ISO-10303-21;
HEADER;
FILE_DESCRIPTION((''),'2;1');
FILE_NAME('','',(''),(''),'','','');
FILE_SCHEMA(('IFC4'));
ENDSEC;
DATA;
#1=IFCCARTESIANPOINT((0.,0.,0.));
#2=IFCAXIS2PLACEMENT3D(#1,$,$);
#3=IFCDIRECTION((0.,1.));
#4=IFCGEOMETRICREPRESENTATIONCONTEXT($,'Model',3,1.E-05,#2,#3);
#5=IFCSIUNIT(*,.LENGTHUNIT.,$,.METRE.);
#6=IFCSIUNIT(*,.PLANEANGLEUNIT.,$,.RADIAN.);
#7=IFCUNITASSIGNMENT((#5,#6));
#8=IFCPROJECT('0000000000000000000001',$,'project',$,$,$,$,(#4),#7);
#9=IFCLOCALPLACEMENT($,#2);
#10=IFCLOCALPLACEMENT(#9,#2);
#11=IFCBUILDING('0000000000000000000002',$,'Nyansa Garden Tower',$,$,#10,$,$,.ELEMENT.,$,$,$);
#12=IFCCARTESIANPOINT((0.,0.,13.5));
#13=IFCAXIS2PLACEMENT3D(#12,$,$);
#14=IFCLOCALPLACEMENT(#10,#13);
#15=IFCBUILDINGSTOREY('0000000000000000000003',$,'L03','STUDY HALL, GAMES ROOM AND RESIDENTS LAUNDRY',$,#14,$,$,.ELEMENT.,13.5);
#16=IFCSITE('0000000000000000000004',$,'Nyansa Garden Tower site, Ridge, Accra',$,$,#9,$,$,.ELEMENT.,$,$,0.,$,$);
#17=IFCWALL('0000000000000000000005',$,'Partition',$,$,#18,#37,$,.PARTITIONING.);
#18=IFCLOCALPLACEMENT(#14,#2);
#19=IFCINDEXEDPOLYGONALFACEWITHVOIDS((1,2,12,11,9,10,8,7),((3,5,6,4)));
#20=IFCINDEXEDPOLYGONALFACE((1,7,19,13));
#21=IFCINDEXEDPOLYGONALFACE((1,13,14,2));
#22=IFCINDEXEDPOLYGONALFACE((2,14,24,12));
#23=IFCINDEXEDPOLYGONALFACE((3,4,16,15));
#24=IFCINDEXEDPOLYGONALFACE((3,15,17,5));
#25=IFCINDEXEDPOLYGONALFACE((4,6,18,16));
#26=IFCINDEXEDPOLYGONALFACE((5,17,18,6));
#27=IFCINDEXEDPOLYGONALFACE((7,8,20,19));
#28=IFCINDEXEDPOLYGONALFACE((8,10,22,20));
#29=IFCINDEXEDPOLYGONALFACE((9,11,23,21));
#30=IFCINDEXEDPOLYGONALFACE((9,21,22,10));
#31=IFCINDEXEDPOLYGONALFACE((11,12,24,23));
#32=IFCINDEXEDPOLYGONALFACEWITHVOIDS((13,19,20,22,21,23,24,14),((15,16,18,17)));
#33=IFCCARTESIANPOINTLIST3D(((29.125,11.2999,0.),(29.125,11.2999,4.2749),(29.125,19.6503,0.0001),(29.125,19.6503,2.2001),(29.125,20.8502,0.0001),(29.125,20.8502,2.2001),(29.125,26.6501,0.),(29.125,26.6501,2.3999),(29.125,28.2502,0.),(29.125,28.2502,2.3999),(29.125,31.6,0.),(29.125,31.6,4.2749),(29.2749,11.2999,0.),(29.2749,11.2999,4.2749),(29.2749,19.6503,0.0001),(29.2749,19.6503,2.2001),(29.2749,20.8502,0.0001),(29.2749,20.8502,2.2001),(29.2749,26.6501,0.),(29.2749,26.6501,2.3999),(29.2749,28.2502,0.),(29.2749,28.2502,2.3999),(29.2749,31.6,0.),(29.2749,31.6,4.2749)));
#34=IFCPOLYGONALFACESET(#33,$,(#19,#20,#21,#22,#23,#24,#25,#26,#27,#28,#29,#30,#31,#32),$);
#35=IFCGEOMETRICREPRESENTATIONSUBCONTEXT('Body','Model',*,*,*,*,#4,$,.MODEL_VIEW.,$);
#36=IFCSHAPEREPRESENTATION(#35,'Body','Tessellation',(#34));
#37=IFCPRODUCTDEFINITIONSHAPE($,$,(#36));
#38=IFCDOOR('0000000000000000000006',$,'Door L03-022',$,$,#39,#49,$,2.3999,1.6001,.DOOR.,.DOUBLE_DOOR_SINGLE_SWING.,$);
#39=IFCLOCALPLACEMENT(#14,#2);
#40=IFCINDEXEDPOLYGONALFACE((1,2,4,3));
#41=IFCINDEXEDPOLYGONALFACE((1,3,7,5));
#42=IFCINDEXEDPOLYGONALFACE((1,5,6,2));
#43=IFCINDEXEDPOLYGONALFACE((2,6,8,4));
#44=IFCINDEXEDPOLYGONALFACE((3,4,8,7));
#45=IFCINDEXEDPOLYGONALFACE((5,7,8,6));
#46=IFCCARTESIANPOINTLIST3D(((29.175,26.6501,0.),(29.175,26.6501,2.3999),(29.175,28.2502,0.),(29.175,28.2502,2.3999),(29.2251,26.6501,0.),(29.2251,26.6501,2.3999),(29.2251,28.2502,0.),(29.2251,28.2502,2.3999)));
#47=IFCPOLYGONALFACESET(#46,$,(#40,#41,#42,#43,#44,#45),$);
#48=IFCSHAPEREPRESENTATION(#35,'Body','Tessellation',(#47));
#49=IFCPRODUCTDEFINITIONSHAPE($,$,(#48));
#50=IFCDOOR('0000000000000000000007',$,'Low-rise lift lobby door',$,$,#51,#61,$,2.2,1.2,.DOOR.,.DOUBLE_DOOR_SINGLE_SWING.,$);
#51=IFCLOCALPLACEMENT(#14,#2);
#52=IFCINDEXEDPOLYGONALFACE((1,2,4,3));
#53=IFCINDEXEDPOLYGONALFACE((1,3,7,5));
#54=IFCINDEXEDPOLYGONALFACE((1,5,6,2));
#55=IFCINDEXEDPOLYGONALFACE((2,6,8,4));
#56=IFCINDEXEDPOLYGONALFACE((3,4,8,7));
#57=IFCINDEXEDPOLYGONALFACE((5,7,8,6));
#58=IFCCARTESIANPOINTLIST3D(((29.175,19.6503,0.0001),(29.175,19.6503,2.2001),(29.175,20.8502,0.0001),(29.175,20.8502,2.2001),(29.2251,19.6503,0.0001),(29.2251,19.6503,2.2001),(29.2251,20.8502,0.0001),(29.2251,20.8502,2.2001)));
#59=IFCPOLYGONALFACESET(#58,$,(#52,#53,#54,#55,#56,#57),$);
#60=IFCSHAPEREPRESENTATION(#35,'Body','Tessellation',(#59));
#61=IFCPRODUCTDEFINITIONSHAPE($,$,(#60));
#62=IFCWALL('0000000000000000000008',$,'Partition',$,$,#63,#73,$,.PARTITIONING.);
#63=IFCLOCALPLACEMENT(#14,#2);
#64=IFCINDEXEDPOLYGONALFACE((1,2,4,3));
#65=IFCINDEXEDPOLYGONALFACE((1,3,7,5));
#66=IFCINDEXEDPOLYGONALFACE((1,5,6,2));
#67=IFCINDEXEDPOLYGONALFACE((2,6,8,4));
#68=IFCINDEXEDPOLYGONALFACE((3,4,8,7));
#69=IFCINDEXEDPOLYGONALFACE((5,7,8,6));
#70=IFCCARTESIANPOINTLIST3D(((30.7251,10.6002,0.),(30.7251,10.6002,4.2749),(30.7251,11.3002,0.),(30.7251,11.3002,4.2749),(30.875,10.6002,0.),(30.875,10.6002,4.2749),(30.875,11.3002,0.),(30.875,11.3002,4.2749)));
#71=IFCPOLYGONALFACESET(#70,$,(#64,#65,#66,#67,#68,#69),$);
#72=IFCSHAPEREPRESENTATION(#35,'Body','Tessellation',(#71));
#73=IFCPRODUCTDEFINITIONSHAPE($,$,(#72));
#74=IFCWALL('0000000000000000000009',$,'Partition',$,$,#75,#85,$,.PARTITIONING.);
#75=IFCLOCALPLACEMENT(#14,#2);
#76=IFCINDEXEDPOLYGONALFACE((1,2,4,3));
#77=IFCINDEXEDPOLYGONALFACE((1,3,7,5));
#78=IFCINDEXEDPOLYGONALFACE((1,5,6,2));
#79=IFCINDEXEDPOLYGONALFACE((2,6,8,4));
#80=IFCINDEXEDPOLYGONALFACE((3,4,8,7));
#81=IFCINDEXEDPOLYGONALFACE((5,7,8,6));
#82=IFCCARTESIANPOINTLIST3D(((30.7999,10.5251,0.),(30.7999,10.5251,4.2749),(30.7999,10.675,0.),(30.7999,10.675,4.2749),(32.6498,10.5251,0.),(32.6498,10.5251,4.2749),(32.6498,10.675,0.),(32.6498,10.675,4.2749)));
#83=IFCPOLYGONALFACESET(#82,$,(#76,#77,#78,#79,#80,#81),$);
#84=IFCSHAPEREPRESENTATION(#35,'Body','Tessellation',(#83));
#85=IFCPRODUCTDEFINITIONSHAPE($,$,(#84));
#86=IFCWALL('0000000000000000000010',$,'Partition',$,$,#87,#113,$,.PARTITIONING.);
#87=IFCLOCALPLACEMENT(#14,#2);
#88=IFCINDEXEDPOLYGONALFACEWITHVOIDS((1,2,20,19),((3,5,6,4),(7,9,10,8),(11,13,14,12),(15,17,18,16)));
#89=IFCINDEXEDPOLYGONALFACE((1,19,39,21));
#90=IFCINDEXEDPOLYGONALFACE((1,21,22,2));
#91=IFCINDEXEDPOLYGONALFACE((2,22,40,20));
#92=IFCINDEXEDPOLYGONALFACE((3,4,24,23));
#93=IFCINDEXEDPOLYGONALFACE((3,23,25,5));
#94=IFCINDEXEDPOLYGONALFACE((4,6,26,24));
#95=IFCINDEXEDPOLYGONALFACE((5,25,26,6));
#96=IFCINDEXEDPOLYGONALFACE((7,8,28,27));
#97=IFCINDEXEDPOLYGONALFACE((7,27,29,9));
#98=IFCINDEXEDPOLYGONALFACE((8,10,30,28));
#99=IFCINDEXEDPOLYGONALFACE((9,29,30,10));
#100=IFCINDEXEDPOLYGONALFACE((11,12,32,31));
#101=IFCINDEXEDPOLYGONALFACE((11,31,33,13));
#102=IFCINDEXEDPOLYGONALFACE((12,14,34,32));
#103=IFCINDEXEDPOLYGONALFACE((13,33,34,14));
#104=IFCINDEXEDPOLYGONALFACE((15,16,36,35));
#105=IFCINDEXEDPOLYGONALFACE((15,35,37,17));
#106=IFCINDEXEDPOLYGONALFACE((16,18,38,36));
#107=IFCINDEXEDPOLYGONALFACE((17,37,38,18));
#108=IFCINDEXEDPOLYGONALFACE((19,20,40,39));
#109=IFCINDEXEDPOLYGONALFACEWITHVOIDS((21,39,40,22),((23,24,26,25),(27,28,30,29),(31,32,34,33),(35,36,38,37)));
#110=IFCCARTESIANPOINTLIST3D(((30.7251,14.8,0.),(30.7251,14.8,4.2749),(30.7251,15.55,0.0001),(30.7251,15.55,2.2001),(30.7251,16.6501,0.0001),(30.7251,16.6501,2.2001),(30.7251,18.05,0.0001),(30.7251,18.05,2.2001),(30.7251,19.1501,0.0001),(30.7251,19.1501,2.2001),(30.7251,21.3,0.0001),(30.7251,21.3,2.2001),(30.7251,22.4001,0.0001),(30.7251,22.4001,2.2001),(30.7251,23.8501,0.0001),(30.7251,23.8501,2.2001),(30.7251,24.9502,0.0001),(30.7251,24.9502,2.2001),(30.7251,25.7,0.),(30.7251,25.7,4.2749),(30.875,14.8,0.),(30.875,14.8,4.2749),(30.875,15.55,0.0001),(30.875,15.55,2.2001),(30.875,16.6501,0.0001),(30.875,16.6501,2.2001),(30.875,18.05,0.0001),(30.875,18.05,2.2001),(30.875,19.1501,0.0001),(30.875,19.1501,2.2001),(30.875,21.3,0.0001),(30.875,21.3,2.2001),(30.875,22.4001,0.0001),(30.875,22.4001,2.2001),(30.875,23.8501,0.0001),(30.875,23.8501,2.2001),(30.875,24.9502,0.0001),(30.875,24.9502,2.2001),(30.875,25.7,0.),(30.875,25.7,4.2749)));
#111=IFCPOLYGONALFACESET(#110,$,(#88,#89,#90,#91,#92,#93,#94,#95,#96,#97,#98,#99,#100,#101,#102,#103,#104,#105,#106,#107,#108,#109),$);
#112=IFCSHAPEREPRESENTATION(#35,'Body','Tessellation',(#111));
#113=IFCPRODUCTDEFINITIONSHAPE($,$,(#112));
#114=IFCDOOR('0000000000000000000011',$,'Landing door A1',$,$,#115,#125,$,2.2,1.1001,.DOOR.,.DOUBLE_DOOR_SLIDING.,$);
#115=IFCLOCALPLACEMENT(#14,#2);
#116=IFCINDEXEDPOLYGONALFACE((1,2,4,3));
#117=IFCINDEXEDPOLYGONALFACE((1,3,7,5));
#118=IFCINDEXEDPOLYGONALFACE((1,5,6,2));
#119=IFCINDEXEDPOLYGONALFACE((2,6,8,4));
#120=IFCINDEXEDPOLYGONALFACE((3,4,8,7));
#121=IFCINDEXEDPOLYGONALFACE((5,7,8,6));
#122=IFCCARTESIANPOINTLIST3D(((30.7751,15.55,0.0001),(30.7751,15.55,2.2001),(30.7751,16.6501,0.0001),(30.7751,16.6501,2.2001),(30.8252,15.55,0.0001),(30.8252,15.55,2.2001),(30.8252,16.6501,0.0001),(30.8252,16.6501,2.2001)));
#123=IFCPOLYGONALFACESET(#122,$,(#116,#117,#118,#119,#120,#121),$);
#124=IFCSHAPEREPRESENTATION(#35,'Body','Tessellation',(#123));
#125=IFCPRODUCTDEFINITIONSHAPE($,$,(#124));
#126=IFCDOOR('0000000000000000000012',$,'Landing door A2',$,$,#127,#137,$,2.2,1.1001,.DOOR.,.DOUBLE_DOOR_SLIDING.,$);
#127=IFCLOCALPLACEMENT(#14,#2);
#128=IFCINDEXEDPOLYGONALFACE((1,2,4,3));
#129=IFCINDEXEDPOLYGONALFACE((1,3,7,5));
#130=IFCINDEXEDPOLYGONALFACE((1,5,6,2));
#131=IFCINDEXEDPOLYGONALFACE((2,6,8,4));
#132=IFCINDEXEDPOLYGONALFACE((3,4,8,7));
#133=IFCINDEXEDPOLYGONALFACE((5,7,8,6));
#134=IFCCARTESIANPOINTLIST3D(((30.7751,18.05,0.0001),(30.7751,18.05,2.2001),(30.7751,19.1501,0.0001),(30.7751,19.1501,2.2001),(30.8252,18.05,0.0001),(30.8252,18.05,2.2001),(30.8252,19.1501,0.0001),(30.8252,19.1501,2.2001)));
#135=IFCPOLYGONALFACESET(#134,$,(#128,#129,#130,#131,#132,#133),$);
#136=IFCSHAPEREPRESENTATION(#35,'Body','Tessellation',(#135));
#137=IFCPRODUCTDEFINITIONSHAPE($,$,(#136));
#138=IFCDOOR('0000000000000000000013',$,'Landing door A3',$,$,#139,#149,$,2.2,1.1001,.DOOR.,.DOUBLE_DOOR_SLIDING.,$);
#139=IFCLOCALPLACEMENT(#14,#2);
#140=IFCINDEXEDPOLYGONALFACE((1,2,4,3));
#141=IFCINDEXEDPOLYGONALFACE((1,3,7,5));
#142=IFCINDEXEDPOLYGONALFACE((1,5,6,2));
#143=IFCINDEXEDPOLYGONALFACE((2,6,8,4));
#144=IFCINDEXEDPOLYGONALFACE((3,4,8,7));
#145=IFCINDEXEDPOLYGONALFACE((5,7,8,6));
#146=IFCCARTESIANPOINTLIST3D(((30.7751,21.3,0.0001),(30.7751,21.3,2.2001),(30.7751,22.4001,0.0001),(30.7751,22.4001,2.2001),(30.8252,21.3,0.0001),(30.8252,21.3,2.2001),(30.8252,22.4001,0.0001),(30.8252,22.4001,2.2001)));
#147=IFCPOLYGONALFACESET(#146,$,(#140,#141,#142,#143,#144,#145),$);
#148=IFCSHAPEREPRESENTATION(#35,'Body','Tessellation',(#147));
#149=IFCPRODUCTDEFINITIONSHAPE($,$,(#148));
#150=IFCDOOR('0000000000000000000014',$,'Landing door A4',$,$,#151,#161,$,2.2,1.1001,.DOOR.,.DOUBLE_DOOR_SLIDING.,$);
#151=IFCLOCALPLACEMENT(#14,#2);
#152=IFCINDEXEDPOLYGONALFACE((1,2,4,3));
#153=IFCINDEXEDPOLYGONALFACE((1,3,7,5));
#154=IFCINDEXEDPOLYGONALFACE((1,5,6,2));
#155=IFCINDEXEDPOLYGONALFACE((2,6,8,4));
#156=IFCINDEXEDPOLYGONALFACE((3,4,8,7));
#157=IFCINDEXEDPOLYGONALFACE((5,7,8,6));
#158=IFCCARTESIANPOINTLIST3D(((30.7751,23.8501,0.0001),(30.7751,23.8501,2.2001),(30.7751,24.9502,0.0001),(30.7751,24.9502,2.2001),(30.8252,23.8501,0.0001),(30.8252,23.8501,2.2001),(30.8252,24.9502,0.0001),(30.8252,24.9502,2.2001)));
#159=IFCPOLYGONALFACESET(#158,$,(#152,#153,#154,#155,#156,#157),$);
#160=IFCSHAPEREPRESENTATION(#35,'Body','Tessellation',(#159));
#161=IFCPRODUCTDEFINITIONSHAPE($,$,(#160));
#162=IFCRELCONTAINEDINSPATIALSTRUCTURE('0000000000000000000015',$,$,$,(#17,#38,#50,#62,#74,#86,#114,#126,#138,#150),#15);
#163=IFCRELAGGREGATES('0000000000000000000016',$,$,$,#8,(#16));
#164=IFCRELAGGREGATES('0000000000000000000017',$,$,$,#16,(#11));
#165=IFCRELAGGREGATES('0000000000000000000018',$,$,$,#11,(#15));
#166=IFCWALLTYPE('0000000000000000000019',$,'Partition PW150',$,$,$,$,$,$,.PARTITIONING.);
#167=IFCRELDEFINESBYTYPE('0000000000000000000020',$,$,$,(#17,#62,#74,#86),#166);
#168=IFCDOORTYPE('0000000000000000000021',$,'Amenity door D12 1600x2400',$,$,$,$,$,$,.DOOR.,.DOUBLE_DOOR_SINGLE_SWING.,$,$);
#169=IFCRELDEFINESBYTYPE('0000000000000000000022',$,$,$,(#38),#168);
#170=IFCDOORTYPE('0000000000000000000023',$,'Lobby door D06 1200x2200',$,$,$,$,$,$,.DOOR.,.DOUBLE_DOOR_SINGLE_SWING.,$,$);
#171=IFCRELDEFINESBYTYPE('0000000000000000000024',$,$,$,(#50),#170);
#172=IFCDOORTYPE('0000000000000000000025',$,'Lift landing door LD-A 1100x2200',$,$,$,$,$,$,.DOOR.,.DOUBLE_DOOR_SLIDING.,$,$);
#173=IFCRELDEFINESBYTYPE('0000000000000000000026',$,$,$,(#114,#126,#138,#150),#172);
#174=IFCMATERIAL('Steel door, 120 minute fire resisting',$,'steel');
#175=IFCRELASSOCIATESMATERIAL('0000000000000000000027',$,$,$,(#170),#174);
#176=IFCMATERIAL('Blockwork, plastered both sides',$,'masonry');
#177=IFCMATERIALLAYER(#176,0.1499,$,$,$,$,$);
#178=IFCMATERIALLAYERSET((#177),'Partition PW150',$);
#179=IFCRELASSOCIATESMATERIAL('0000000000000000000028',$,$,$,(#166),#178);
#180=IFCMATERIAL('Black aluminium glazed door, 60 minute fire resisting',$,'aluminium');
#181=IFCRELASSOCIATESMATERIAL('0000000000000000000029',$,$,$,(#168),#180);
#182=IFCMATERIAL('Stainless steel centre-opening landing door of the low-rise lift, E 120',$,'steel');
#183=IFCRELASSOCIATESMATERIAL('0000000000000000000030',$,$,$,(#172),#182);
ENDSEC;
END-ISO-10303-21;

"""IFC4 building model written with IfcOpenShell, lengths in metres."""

from ifc_helpers import new_model, si_unit, direction, frame, frame_2d, origin, place, context, subcontext, project, spatial, rectangle, extrude, material, layer, layer_set, type_object, element, fill, save


model = new_model("IFC4")

# Units and contexts
model_context = context("Model", 3, precision=1e-05, world=origin(), true_north=direction((0.0, 1.0)))
body_context = subcontext(model_context, "Body", "Model", "MODEL_VIEW")
ifc_project = project(units=[si_unit("LENGTHUNIT", "METRE"), si_unit("PLANEANGLEUNIT", "RADIAN")], contexts=[model_context])

# Site, building, storey
site_placement = place(None, origin())
site = spatial("IfcSite", under=ifc_project, at=site_placement, Name="Nyansa Garden Tower site, Ridge, Accra", CompositionType="ELEMENT", RefElevation=0.0)
building_placement = place(site_placement, origin())
building = spatial("IfcBuilding", under=site, at=building_placement, Name="Nyansa Garden Tower", CompositionType="ELEMENT")
storey_placement = place(building_placement, frame((0.0, 0.0, 13.5)))
storey = spatial("IfcBuildingStorey", under=building, at=storey_placement, Name="L03", Description="STUDY HALL, GAMES ROOM AND RESIDENTS LAUNDRY", CompositionType="ELEMENT", Elevation=13.5)

# Shared definitions
ifc_material_1 = material(Name="Steel door, 120 minute fire resisting", Category="steel")
door_type_1 = type_object("IfcDoorType", Name="Lobby door D06 1200x2200", OperationType="DOUBLE_DOOR_SINGLE_SWING", PredefinedType="DOOR", material=ifc_material_1)

# Shared definitions
ifc_material_2 = material(Name="Blockwork, plastered both sides", Category="masonry")
ifc_layer_1 = layer(ifc_material_2, 0.1499)
ifc_layer_set_1 = layer_set([ifc_layer_1], Name="Partition PW150")
wall_type_1 = type_object("IfcWallType", Name="Partition PW150", PredefinedType="PARTITIONING", material=ifc_layer_set_1)

# Wall, openings, doors
wall_1_placement = place(storey_placement, frame((29.2, 11.3, 0.0), z_axis=(0.0, 0.0, 1.0), x_axis=(0.0, 1.0, 0.0)))
wall_1 = element("IfcWall", 1, at=wall_1_placement, inside=storey, type_object=wall_type_1, Name="Partition", PredefinedType="PARTITIONING", context=body_context, shape_type="SweptSolid", body=[
    extrude(rectangle(XDim=20.3, YDim=0.1499, at=frame_2d((10.1499, 0.0))), origin(), (0.0, 0.0, 1.0), 4.2749),
])
opening_1_placement = place(wall_1_placement, frame((15.3501, 0.0, 0.0)))
opening_1 = element("IfcOpeningElement", 2, at=opening_1_placement, cuts=wall_1, PredefinedType="OPENING", context=body_context, shape_type="SweptSolid", body=[
    extrude(rectangle(XDim=1.6001, YDim=2.3999, at=frame_2d((0.8, 1.2))), frame((0.0, 0.085, 0.0), z_axis=(0.0, -1.0, 0.0), x_axis=(1.0, 0.0, 0.0)), (0.0, 0.0, 1.0), 0.1699),
])
opening_2_placement = place(wall_1_placement, frame((8.3501, 0.0, 0.0)))
opening_2 = element("IfcOpeningElement", 3, at=opening_2_placement, cuts=wall_1, PredefinedType="OPENING", context=body_context, shape_type="SweptSolid", body=[
    extrude(rectangle(XDim=1.2, YDim=2.2, at=frame_2d((0.6001, 1.1001))), frame((0.0, 0.085, 0.0), z_axis=(0.0, -1.0, 0.0), x_axis=(1.0, 0.0, 0.0)), (0.0, 0.0, 1.0), 0.1699),
])
ifc_material_3 = material(Name="Black aluminium glazed door, 60 minute fire resisting", Category="aluminium")
door_type_2 = type_object("IfcDoorType", Name="Amenity door D12 1600x2400", OperationType="DOUBLE_DOOR_SINGLE_SWING", PredefinedType="DOOR", material=ifc_material_3)
door_1_placement = place(opening_1_placement, origin())
door_1 = element("IfcDoor", 4, at=door_1_placement, inside=storey, type_object=door_type_2, Name="Door L03-022", OperationType="DOUBLE_DOOR_SINGLE_SWING", OverallHeight=2.3999, OverallWidth=1.6001, PredefinedType="DOOR", context=body_context, shape_type="SweptSolid", body=[
    extrude(rectangle(XDim=1.6001, YDim=2.3999, at=frame_2d((0.8, 1.2))), frame((0.0, 0.0249, 0.0), z_axis=(0.0, -1.0, 0.0), x_axis=(1.0, 0.0, 0.0)), (0.0, 0.0, 1.0), 0.05),
])
fill(opening_1, door_1)
door_2_placement = place(opening_2_placement, origin())
door_2 = element("IfcDoor", 5, at=door_2_placement, inside=storey, type_object=door_type_1, Name="Low-rise lift lobby door", OperationType="DOUBLE_DOOR_SINGLE_SWING", OverallHeight=2.2, OverallWidth=1.2, PredefinedType="DOOR", context=body_context, shape_type="SweptSolid", body=[
    extrude(rectangle(XDim=1.2, YDim=2.2, at=frame_2d((0.6001, 1.1001))), frame((0.0, 0.0249, 0.0), z_axis=(0.0, -1.0, 0.0), x_axis=(1.0, 0.0, 0.0)), (0.0, 0.0, 1.0), 0.05),
])
fill(opening_2, door_2)

# Walls
wall_2_placement = place(storey_placement, frame((30.8, 10.6001, 0.0), z_axis=(0.0, 0.0, 1.0), x_axis=(0.0, 1.0, 0.0)))
element("IfcWall", 6, at=wall_2_placement, inside=storey, type_object=wall_type_1, Name="Partition", PredefinedType="PARTITIONING", context=body_context, shape_type="SweptSolid", body=[
    extrude(rectangle(XDim=0.7, YDim=0.1499, at=frame_2d((0.3501, 0.0))), origin(), (0.0, 0.0, 1.0), 4.2749),
])
wall_3_placement = place(storey_placement, frame((30.8, 10.6001, 0.0), z_axis=(0.0, 0.0, 1.0), x_axis=(1.0, 0.0, 0.0)))
element("IfcWall", 7, at=wall_3_placement, inside=storey, type_object=wall_type_1, Name="Partition", PredefinedType="PARTITIONING", context=body_context, shape_type="SweptSolid", body=[
    extrude(rectangle(XDim=1.8499, YDim=0.1499, at=frame_2d((0.9248, 0.0))), origin(), (0.0, 0.0, 1.0), 4.2749),
])

# Wall, openings, doors
wall_4_placement = place(storey_placement, frame((30.8, 14.8, 0.0), z_axis=(0.0, 0.0, 1.0), x_axis=(0.0, 1.0, 0.0)))
wall_4 = element("IfcWall", 8, at=wall_4_placement, inside=storey, type_object=wall_type_1, Name="Partition", PredefinedType="PARTITIONING", context=body_context, shape_type="SweptSolid", body=[
    extrude(rectangle(XDim=10.8999, YDim=0.1499, at=frame_2d((5.45, 0.0))), origin(), (0.0, 0.0, 1.0), 4.2749),
])
opening_3_placement = place(wall_4_placement, frame((0.75, 0.0, 0.0)))
opening_3 = element("IfcOpeningElement", 9, at=opening_3_placement, cuts=wall_4, PredefinedType="OPENING", context=body_context, shape_type="SweptSolid", body=[
    extrude(rectangle(XDim=1.1001, YDim=2.2, at=frame_2d((0.55, 1.1001))), frame((0.0, 0.085, 0.0), z_axis=(0.0, -1.0, 0.0), x_axis=(1.0, 0.0, 0.0)), (0.0, 0.0, 1.0), 0.1699),
])
opening_4_placement = place(wall_4_placement, frame((3.25, 0.0, 0.0)))
opening_4 = element("IfcOpeningElement", 10, at=opening_4_placement, cuts=wall_4, PredefinedType="OPENING", context=body_context, shape_type="SweptSolid", body=[
    extrude(rectangle(XDim=1.1001, YDim=2.2, at=frame_2d((0.55, 1.1001))), frame((0.0, 0.085, 0.0), z_axis=(0.0, -1.0, 0.0), x_axis=(1.0, 0.0, 0.0)), (0.0, 0.0, 1.0), 0.1699),
])
opening_5_placement = place(wall_4_placement, frame((6.5, 0.0, 0.0)))
opening_5 = element("IfcOpeningElement", 11, at=opening_5_placement, cuts=wall_4, PredefinedType="OPENING", context=body_context, shape_type="SweptSolid", body=[
    extrude(rectangle(XDim=1.1001, YDim=2.2, at=frame_2d((0.55, 1.1001))), frame((0.0, 0.085, 0.0), z_axis=(0.0, -1.0, 0.0), x_axis=(1.0, 0.0, 0.0)), (0.0, 0.0, 1.0), 0.1699),
])
opening_6_placement = place(wall_4_placement, frame((9.05, 0.0, 0.0)))
opening_6 = element("IfcOpeningElement", 12, at=opening_6_placement, cuts=wall_4, PredefinedType="OPENING", context=body_context, shape_type="SweptSolid", body=[
    extrude(rectangle(XDim=1.1001, YDim=2.2, at=frame_2d((0.55, 1.1001))), frame((0.0, 0.085, 0.0), z_axis=(0.0, -1.0, 0.0), x_axis=(1.0, 0.0, 0.0)), (0.0, 0.0, 1.0), 0.1699),
])
ifc_material_4 = material(Name="Stainless steel centre-opening landing door of the low-rise lift, E 120", Category="steel")
door_type_3 = type_object("IfcDoorType", Name="Lift landing door LD-A 1100x2200", OperationType="DOUBLE_DOOR_SLIDING", PredefinedType="DOOR", material=ifc_material_4)
door_3_placement = place(opening_3_placement, origin())
door_3 = element("IfcDoor", 13, at=door_3_placement, inside=storey, type_object=door_type_3, Name="Landing door A1", OperationType="DOUBLE_DOOR_SLIDING", OverallHeight=2.2, OverallWidth=1.1001, PredefinedType="DOOR", context=body_context, shape_type="SweptSolid", body=[
    extrude(rectangle(XDim=1.1001, YDim=2.2, at=frame_2d((0.55, 1.1001))), frame((0.0, 0.0249, 0.0), z_axis=(0.0, -1.0, 0.0), x_axis=(1.0, 0.0, 0.0)), (0.0, 0.0, 1.0), 0.05),
])
fill(opening_3, door_3)
door_4_placement = place(opening_4_placement, origin())
door_4 = element("IfcDoor", 14, at=door_4_placement, inside=storey, type_object=door_type_3, Name="Landing door A2", OperationType="DOUBLE_DOOR_SLIDING", OverallHeight=2.2, OverallWidth=1.1001, PredefinedType="DOOR", context=body_context, shape_type="SweptSolid", body=[
    extrude(rectangle(XDim=1.1001, YDim=2.2, at=frame_2d((0.55, 1.1001))), frame((0.0, 0.0249, 0.0), z_axis=(0.0, -1.0, 0.0), x_axis=(1.0, 0.0, 0.0)), (0.0, 0.0, 1.0), 0.05),
])
fill(opening_4, door_4)
door_5_placement = place(opening_5_placement, origin())
door_5 = element("IfcDoor", 15, at=door_5_placement, inside=storey, type_object=door_type_3, Name="Landing door A3", OperationType="DOUBLE_DOOR_SLIDING", OverallHeight=2.2, OverallWidth=1.1001, PredefinedType="DOOR", context=body_context, shape_type="SweptSolid", body=[
    extrude(rectangle(XDim=1.1001, YDim=2.2, at=frame_2d((0.55, 1.1001))), frame((0.0, 0.0249, 0.0), z_axis=(0.0, -1.0, 0.0), x_axis=(1.0, 0.0, 0.0)), (0.0, 0.0, 1.0), 0.05),
])
fill(opening_5, door_5)
door_6_placement = place(opening_6_placement, origin())
door_6 = element("IfcDoor", 16, at=door_6_placement, inside=storey, type_object=door_type_3, Name="Landing door A4", OperationType="DOUBLE_DOOR_SLIDING", OverallHeight=2.2, OverallWidth=1.1001, PredefinedType="DOOR", context=body_context, shape_type="SweptSolid", body=[
    extrude(rectangle(XDim=1.1001, YDim=2.2, at=frame_2d((0.55, 1.1001))), frame((0.0, 0.0249, 0.0), z_axis=(0.0, -1.0, 0.0), x_axis=(1.0, 0.0, 0.0)), (0.0, 0.0, 1.0), 0.05),
])
fill(opening_6, door_6)

save(model, "model.ifc")
